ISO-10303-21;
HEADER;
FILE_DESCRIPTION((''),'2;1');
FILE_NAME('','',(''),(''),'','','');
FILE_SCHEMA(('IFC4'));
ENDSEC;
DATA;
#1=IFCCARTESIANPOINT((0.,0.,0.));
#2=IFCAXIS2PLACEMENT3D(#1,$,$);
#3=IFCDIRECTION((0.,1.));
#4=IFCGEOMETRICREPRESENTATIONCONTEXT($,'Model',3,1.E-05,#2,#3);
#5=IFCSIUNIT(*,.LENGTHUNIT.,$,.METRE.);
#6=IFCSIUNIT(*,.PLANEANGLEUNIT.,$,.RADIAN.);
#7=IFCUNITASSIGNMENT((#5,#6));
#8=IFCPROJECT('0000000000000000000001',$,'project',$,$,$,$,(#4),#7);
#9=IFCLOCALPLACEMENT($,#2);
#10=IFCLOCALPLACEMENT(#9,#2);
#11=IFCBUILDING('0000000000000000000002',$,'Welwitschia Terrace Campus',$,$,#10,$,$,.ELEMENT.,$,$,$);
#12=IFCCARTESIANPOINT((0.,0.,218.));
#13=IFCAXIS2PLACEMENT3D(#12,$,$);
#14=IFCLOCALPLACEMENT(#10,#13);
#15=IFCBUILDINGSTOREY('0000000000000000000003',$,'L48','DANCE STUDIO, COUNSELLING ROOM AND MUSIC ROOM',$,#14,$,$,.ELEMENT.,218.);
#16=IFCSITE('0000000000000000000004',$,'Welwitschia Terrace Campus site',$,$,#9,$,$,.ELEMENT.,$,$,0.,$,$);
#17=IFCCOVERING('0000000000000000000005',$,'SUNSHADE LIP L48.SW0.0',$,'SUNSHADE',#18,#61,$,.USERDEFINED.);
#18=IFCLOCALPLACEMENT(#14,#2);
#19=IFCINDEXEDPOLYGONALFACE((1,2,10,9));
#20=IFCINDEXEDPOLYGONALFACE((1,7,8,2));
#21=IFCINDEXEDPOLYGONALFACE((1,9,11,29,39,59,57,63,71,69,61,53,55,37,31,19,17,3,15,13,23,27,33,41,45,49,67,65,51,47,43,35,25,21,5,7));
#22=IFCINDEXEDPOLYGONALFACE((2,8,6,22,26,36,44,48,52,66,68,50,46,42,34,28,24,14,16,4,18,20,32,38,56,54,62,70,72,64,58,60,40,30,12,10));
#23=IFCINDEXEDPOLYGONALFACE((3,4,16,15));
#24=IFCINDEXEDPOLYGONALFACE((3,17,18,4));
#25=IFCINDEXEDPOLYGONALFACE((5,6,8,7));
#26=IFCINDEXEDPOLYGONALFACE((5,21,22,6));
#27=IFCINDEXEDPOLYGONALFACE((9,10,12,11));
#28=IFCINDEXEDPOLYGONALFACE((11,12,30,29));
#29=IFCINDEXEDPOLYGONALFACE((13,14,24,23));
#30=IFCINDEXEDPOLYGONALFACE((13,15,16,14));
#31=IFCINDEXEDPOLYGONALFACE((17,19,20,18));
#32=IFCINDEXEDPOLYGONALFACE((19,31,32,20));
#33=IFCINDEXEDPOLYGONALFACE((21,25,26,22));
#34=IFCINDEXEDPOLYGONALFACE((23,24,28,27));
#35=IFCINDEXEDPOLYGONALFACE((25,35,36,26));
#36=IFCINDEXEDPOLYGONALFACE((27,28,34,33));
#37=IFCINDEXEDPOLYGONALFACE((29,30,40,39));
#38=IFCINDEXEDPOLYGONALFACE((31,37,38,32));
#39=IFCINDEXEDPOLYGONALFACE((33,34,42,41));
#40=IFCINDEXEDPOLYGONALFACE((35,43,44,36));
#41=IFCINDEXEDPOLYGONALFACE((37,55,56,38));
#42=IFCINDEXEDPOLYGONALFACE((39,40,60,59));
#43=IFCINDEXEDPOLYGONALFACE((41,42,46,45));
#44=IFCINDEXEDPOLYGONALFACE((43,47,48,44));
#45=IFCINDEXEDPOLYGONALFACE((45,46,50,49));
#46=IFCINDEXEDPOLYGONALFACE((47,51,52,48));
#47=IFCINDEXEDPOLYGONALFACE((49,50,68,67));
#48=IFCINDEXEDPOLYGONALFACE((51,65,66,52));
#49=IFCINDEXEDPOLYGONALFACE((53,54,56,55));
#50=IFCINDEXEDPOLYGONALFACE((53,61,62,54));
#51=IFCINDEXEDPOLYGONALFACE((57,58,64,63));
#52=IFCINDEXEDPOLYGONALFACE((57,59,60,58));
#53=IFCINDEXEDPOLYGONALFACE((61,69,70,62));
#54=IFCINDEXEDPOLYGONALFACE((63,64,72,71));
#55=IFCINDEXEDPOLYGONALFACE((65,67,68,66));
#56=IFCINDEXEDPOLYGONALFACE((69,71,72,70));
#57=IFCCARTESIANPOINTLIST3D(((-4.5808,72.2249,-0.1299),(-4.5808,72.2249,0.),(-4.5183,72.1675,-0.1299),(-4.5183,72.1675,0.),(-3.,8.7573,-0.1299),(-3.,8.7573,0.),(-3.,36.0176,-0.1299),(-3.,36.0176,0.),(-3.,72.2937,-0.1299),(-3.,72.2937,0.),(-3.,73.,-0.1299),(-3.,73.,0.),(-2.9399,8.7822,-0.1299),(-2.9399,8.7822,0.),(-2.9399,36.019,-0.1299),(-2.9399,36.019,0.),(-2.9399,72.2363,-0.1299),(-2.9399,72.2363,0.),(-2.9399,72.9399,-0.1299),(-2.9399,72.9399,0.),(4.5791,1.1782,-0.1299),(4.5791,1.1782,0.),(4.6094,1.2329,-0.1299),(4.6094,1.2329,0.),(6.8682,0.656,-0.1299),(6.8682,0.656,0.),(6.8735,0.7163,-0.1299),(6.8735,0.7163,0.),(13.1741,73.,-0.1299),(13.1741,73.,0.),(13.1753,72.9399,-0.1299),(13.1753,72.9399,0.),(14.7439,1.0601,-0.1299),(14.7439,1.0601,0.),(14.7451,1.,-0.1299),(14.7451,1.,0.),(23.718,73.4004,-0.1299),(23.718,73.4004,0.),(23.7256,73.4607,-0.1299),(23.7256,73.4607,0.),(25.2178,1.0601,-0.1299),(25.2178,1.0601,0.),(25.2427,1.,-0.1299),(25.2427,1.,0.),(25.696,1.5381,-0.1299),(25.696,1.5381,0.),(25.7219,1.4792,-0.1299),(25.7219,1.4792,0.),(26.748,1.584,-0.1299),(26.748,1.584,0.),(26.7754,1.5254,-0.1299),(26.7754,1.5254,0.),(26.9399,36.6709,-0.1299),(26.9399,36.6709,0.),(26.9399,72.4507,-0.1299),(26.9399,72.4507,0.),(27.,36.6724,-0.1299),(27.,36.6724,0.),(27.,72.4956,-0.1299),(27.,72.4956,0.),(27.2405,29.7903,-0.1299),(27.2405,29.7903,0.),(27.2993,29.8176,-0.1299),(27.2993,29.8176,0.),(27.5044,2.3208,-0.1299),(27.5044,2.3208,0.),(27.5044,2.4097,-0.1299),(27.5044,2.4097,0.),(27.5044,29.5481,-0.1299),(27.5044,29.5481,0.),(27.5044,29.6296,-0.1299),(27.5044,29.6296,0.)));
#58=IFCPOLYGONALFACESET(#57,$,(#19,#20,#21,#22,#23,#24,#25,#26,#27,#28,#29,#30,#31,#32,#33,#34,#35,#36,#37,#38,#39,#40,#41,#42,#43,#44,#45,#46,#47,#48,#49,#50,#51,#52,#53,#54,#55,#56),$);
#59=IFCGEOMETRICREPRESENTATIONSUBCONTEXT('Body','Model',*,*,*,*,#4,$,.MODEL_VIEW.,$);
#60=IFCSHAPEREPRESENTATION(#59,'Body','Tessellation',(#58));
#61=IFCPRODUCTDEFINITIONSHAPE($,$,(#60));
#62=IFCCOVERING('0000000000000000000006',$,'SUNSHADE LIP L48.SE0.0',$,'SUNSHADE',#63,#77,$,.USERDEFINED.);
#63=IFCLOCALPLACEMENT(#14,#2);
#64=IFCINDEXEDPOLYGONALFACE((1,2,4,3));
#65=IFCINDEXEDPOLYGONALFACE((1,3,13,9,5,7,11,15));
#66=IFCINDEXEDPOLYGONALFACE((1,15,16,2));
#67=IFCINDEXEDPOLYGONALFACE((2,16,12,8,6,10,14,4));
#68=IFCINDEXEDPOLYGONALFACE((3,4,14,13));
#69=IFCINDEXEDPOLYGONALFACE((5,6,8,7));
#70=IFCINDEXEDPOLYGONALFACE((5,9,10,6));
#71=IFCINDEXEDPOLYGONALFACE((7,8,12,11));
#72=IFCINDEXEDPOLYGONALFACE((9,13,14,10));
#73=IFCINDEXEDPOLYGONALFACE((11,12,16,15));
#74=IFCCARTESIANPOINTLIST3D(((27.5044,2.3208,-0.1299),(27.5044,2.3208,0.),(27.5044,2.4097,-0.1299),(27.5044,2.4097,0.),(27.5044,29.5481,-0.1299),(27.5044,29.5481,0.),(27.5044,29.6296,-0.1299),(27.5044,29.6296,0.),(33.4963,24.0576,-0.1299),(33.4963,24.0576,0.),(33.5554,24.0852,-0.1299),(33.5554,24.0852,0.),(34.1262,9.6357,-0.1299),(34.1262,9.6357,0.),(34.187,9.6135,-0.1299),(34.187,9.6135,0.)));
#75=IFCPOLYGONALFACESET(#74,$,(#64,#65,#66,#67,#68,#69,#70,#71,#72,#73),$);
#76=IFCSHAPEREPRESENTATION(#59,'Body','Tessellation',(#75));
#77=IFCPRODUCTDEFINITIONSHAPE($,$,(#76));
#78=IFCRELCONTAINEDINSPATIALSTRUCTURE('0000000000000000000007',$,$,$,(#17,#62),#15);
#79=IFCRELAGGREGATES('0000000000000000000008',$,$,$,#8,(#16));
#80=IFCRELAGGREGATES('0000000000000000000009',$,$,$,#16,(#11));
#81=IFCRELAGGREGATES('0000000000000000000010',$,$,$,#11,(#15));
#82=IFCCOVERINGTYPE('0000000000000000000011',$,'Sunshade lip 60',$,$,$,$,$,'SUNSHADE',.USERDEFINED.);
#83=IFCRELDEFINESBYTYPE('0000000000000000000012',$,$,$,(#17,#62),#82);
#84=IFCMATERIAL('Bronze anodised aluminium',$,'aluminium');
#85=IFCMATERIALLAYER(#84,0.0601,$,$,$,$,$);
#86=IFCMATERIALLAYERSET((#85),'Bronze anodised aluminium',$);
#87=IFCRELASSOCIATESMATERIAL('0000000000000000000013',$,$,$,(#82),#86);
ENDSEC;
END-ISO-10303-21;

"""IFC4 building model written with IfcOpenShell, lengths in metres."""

from ifc_helpers import new_model, si_unit, direction, frame, origin, place, context, subcontext, project, spatial, polyline, outline, extrude, material, layer, layer_set, type_object, element, save


model = new_model("IFC4")

# Units and contexts
model_context = context("Model", 3, precision=1e-05, world=origin(), true_north=direction((0.0, 1.0)))
body_context = subcontext(model_context, "Body", "Model", "MODEL_VIEW")
ifc_project = project(units=[si_unit("LENGTHUNIT", "METRE"), si_unit("PLANEANGLEUNIT", "RADIAN")], contexts=[model_context])

# Site, building, storey
site_placement = place(None, origin())
site = spatial("IfcSite", under=ifc_project, at=site_placement, Name="Welwitschia Terrace Campus site", CompositionType="ELEMENT", RefElevation=0.0)
building_placement = place(site_placement, origin())
building = spatial("IfcBuilding", under=site, at=building_placement, Name="Welwitschia Terrace Campus", CompositionType="ELEMENT")
storey_placement = place(building_placement, frame((0.0, 0.0, 218.0)))
storey = spatial("IfcBuildingStorey", under=building, at=storey_placement, Name="L48", Description="DANCE STUDIO, COUNSELLING ROOM AND MUSIC ROOM", CompositionType="ELEMENT", Elevation=218.0)

# Coverings
ifc_material_1 = material(Name="Bronze anodised aluminium", Category="aluminium")
ifc_layer_1 = layer(ifc_material_1, 0.0601)
ifc_layer_set_1 = layer_set([ifc_layer_1], Name="Bronze anodised aluminium")
covering_type_1 = type_object("IfcCoveringType", Name="Sunshade lip 60", ElementType="SUNSHADE", PredefinedType="USERDEFINED", material=ifc_layer_set_1)
covering_1_placement = place(storey_placement, frame((0.0, 0.0, -0.1299)))
element("IfcCovering", 1, at=covering_1_placement, inside=storey, type_object=covering_type_1, Name="SUNSHADE LIP L48.SW0.0", ObjectType="SUNSHADE", PredefinedType="USERDEFINED", context=body_context, shape_type="SweptSolid", body=[
    extrude(outline(polyline([(-3.0, 73.0), (13.1741, 73.0), (23.7256, 73.4607), (27.0, 72.4956), (27.0, 36.6724), (27.2993, 29.8176), (27.5044, 29.6296), (27.5044, 29.5481), (27.2405, 29.7903), (26.9399, 36.6709), (26.9399, 72.4507), (23.718, 73.4004), (13.1753, 72.9399), (-2.9399, 72.9399), (-2.9399, 72.2363), (-4.5183, 72.1675), (-2.9399, 36.019), (-2.9399, 8.7822), (4.6094, 1.2329), (6.8735, 0.7163), (14.7439, 1.0601), (25.2178, 1.0601), (25.696, 1.5381), (26.748, 1.584), (27.5044, 2.4097), (27.5044, 2.3208), (26.7754, 1.5254), (25.7219, 1.4792), (25.2427, 1.0), (14.7451, 1.0), (6.8682, 0.656), (4.5791, 1.1782), (-3.0, 8.7573), (-3.0, 36.0176), (-4.5808, 72.2249), (-3.0, 72.2937), (-3.0, 73.0)])), origin(), (0.0, 0.0, 1.0), 0.1299),
])
covering_2_placement = place(storey_placement, frame((0.0, 0.0, -0.1299)))
element("IfcCovering", 2, at=covering_2_placement, inside=storey, type_object=covering_type_1, Name="SUNSHADE LIP L48.SE0.0", ObjectType="SUNSHADE", PredefinedType="USERDEFINED", context=body_context, shape_type="SweptSolid", body=[
    extrude(outline(polyline([(34.187, 9.6135), (27.5044, 2.3208), (27.5044, 2.4097), (34.1262, 9.6357), (33.4963, 24.0576), (27.5044, 29.5481), (27.5044, 29.6296), (33.5554, 24.0852), (34.187, 9.6135)])), origin(), (0.0, 0.0, 1.0), 0.1299),
])

save(model, "model.ifc")
